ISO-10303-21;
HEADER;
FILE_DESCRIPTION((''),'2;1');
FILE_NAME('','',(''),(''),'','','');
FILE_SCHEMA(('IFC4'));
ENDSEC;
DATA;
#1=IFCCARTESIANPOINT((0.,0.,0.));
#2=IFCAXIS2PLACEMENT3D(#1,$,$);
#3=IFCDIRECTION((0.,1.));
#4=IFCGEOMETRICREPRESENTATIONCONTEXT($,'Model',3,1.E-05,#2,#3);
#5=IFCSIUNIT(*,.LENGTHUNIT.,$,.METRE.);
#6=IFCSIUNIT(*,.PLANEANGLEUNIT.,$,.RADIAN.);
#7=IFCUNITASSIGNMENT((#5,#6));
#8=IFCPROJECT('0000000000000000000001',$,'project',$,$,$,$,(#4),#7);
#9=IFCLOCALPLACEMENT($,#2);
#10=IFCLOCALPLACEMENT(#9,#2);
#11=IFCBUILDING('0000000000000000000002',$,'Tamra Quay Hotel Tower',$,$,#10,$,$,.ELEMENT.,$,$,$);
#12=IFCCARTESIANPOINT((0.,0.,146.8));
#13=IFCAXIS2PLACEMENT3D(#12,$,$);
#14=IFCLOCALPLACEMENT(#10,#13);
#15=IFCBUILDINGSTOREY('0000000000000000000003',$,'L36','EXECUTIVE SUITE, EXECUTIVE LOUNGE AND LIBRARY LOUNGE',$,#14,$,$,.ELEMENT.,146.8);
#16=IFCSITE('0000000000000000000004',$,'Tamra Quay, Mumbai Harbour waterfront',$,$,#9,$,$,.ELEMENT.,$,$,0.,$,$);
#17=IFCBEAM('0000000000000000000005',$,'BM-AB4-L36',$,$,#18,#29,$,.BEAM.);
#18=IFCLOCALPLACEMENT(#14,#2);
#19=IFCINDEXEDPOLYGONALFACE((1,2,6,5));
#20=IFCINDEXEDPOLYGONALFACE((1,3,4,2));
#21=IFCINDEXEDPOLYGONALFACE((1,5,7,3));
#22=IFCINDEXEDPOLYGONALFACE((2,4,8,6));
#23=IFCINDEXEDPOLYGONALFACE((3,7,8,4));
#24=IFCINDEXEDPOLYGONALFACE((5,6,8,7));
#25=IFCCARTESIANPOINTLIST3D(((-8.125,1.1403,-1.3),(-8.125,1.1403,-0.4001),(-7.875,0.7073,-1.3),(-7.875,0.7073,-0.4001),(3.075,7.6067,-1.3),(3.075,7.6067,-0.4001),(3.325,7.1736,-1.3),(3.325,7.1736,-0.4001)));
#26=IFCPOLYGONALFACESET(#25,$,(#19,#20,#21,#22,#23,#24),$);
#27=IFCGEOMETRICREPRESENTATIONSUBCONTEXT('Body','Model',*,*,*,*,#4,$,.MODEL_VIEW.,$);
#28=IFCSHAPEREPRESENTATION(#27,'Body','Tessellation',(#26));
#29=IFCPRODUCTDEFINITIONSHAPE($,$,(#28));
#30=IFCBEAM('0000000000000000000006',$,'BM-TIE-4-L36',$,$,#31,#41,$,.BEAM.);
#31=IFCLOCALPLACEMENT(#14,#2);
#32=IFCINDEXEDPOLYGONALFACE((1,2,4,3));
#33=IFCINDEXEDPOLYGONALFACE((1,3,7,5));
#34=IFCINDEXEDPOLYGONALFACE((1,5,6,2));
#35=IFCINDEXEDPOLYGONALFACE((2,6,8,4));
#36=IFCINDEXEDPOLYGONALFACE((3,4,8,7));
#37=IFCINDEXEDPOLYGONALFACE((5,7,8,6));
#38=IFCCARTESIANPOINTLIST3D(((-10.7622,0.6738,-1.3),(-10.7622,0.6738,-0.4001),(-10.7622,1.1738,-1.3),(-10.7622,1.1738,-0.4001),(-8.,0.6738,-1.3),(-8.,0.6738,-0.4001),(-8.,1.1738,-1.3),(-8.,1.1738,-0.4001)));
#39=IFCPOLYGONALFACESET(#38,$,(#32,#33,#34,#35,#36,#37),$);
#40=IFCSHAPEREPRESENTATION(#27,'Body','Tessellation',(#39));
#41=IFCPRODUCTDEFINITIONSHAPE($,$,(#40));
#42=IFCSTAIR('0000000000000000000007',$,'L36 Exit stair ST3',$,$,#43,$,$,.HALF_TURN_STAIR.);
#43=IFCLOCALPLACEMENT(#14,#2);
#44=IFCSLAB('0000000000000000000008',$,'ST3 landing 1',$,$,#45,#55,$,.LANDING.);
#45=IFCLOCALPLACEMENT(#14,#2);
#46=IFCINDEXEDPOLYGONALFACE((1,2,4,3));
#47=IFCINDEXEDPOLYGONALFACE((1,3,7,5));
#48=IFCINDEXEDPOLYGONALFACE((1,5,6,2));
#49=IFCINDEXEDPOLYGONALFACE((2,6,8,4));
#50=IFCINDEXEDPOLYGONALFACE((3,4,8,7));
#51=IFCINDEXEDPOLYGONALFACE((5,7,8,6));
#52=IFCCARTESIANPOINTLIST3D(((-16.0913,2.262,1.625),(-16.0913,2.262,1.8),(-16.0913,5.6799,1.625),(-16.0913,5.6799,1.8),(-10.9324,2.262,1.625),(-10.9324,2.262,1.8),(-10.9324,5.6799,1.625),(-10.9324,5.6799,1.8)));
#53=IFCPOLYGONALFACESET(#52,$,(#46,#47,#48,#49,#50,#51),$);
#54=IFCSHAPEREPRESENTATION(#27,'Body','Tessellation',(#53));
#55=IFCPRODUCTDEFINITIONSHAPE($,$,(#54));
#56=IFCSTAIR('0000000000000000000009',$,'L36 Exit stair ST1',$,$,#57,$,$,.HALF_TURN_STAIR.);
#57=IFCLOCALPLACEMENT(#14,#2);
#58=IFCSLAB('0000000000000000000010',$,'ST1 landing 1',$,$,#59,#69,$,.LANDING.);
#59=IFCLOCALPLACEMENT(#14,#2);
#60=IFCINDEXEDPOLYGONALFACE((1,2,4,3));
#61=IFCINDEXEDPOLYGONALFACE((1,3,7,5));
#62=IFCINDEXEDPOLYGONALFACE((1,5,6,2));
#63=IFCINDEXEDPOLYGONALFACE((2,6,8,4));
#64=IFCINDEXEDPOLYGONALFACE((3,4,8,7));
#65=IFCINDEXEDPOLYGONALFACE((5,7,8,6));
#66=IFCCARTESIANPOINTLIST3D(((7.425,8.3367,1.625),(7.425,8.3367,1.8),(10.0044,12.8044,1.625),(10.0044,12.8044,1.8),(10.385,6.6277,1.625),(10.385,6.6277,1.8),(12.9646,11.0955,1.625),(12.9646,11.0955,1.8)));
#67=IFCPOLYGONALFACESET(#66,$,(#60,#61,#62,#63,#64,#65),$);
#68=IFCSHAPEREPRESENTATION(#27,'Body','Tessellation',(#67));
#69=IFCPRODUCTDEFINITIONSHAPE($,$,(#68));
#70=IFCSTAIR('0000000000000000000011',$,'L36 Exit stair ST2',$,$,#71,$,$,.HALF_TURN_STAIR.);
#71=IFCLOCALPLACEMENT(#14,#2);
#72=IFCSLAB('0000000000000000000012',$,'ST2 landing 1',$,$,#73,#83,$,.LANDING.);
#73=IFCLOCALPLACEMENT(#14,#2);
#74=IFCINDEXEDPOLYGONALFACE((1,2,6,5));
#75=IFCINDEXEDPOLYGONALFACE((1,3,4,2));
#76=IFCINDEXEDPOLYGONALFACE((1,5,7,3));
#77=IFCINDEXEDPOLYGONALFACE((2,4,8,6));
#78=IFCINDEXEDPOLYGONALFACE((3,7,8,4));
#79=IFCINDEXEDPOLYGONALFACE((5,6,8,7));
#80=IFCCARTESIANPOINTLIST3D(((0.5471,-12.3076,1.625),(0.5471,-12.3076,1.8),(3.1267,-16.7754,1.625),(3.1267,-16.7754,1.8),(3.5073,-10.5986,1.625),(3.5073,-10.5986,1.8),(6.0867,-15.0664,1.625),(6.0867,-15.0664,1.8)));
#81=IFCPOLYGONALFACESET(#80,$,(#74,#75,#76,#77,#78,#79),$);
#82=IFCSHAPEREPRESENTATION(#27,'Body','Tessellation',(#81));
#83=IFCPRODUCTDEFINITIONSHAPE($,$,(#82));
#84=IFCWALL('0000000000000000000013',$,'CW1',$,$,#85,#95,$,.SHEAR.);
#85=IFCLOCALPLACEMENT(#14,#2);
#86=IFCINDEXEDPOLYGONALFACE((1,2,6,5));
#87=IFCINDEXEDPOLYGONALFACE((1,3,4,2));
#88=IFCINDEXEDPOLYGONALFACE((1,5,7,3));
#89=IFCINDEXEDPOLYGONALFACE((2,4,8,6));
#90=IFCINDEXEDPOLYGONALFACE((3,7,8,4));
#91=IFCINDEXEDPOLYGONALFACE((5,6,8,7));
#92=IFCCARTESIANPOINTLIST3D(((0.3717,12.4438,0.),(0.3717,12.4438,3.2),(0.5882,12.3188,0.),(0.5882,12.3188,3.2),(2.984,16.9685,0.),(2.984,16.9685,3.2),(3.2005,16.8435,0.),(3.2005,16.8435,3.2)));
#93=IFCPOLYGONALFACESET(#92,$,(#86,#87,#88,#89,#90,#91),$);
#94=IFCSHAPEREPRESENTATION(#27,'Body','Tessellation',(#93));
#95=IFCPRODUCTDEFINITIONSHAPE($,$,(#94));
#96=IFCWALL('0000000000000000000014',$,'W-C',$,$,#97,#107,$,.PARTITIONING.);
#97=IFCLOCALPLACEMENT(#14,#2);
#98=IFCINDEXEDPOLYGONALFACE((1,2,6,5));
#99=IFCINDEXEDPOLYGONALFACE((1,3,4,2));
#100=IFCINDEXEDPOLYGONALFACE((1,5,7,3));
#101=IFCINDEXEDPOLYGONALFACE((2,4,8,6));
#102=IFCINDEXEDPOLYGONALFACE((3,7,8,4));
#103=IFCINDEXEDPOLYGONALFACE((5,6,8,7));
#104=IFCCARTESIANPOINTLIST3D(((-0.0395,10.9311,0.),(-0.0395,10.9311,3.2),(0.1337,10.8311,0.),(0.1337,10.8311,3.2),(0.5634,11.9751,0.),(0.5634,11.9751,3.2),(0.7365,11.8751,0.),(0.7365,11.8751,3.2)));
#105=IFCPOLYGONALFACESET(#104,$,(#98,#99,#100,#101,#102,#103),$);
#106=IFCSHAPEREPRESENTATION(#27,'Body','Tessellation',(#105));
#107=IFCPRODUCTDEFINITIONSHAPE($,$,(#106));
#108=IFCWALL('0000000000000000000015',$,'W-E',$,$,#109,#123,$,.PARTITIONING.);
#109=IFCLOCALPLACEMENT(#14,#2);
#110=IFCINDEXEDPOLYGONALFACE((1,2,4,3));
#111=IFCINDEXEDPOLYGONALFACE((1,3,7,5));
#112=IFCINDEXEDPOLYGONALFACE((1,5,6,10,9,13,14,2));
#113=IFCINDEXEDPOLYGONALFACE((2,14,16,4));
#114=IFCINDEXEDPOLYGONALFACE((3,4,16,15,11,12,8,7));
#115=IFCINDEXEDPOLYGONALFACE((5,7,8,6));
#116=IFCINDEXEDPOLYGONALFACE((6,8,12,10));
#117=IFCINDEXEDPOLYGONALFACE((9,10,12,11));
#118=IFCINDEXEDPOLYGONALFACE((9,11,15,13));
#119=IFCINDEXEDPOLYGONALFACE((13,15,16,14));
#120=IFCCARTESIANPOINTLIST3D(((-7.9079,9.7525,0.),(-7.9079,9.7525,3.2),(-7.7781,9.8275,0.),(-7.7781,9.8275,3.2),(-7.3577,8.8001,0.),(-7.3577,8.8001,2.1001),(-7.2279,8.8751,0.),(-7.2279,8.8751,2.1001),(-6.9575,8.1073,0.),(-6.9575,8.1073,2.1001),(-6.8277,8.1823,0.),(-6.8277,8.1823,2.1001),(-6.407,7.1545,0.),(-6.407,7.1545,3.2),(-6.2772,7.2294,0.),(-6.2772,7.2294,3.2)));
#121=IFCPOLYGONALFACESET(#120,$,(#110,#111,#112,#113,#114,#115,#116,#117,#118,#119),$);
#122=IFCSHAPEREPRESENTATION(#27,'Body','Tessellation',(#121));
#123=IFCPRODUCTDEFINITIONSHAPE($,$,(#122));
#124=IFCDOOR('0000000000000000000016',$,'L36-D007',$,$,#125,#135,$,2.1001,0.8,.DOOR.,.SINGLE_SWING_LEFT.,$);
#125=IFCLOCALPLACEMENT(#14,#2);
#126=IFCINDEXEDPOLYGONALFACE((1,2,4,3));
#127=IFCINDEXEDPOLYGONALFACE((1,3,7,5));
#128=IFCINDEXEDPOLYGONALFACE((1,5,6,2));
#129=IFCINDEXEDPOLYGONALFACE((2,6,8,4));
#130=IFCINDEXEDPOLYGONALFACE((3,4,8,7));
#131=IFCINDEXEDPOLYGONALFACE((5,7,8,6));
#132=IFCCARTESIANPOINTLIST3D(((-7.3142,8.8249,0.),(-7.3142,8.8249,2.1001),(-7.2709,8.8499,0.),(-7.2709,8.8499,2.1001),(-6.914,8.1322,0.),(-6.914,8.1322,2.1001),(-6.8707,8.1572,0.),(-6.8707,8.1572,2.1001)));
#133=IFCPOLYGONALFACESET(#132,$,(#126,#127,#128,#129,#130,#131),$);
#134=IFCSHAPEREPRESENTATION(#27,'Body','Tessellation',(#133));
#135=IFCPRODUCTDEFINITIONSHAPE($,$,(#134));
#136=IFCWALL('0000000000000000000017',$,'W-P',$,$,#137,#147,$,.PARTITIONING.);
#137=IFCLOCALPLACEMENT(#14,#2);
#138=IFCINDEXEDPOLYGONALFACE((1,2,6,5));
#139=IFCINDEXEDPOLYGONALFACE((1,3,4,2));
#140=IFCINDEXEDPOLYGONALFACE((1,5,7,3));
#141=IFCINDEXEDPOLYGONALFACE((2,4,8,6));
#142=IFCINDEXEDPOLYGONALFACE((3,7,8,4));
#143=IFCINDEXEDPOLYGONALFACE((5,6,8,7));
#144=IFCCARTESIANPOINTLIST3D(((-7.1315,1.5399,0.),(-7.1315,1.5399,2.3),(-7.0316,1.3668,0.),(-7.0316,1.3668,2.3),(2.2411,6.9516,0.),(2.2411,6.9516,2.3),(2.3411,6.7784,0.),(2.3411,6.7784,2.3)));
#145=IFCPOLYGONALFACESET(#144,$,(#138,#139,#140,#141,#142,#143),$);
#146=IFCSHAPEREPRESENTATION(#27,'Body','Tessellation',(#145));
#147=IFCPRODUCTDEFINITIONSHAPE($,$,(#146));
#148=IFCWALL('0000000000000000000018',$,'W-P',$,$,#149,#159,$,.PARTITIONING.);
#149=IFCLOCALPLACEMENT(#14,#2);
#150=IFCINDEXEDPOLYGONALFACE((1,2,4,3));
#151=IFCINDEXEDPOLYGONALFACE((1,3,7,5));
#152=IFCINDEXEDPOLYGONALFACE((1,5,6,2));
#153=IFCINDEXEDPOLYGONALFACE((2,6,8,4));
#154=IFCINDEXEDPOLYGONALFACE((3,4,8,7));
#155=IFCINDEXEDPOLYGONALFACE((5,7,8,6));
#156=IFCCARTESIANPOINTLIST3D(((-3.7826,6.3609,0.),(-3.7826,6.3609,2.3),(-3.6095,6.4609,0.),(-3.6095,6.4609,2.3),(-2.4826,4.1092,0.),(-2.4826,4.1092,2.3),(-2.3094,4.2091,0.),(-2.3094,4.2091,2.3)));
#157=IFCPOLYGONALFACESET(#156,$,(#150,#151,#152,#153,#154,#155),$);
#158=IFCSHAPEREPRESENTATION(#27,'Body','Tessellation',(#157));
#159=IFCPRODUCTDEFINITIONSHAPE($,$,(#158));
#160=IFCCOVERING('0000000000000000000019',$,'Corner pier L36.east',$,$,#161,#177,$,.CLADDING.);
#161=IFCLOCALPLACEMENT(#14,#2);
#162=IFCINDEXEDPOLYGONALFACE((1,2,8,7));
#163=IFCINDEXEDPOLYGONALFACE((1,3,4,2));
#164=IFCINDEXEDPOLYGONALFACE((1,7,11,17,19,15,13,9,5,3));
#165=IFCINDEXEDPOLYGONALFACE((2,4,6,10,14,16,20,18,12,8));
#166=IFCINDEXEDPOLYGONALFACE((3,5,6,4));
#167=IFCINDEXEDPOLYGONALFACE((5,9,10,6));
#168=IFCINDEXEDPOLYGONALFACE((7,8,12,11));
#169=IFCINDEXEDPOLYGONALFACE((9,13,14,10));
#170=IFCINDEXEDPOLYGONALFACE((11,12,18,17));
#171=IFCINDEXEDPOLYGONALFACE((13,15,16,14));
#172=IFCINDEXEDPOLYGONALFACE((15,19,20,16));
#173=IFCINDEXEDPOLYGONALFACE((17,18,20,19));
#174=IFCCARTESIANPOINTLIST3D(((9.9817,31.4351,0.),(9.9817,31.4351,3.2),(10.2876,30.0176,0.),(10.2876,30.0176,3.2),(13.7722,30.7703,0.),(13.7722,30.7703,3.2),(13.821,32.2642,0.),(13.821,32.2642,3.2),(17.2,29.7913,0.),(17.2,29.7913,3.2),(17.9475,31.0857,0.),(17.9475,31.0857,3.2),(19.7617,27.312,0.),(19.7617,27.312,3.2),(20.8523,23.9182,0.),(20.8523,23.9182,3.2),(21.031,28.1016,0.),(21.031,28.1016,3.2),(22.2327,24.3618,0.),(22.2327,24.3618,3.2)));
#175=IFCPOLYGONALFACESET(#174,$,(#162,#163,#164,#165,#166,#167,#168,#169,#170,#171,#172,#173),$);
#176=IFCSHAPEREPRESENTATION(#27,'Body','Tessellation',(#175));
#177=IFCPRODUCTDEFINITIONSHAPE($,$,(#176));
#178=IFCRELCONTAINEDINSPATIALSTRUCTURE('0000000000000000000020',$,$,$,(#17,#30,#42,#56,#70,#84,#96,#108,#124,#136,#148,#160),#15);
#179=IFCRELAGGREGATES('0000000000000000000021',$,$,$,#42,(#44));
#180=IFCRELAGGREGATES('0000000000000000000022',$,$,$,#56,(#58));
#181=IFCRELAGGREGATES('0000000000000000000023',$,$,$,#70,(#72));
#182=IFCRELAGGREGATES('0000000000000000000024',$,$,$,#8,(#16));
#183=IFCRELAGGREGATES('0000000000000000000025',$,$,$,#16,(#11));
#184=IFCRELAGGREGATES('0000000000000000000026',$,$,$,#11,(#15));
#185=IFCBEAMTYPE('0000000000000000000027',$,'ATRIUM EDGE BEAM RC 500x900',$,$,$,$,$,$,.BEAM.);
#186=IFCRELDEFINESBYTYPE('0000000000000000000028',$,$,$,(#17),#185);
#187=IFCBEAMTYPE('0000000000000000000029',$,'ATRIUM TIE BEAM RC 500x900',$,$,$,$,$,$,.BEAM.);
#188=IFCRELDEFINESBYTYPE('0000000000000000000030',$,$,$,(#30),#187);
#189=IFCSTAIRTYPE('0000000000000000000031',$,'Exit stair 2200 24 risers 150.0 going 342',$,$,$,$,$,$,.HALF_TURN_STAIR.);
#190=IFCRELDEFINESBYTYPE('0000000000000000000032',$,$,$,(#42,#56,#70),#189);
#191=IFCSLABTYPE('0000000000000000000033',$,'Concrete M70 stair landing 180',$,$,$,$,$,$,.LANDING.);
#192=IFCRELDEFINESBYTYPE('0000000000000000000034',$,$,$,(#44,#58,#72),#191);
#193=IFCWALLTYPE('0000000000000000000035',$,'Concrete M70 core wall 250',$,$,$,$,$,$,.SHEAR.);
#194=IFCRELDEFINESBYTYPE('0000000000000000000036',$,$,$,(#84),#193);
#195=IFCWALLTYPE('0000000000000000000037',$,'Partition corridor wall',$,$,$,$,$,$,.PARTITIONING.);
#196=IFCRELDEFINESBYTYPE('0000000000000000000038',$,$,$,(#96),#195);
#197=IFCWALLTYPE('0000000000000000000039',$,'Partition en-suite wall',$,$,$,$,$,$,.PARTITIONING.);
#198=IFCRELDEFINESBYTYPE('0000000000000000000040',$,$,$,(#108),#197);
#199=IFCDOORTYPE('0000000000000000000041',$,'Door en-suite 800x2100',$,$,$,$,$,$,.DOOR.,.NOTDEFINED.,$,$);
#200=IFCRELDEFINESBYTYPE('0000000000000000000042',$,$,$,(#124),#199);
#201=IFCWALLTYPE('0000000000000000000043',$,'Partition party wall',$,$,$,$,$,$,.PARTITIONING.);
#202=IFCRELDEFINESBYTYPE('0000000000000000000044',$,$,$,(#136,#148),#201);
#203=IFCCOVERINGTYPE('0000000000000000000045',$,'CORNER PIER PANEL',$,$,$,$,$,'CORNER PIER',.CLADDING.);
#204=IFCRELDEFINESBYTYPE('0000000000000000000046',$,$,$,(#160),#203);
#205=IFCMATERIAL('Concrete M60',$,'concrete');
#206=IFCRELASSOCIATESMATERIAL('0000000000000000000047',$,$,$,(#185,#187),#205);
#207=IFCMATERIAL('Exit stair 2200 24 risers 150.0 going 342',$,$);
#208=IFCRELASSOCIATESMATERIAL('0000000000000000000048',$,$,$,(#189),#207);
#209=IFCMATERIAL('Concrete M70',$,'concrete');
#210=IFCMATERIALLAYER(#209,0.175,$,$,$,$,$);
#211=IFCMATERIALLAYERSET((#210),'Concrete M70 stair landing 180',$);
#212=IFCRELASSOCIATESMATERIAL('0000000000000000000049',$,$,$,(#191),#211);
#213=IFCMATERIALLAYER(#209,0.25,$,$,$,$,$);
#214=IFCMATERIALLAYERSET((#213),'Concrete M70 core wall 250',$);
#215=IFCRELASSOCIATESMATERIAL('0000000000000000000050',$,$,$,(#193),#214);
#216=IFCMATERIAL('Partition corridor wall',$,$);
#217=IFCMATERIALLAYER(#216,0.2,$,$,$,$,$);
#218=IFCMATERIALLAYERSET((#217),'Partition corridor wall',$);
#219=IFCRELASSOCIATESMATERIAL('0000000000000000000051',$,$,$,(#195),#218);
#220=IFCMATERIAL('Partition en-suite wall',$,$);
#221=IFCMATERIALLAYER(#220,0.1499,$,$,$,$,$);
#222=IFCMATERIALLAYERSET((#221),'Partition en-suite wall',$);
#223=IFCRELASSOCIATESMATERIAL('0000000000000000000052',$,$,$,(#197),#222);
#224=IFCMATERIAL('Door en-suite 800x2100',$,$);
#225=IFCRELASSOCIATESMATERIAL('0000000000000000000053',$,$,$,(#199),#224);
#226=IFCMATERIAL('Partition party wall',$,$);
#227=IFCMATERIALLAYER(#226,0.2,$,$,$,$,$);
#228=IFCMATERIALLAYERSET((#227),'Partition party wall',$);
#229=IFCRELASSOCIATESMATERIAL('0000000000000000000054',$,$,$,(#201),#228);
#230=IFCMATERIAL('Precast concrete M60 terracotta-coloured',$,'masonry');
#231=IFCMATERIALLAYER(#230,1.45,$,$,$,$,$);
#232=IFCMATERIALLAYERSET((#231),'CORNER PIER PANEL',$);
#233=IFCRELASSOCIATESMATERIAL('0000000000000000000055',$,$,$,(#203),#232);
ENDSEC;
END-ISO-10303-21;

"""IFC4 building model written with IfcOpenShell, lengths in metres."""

from ifc_helpers import new_model, si_unit, direction, frame, frame_2d, origin, origin_2d, place, context, subcontext, project, spatial, polyline, rectangle, outline, extrude, material, layer, layer_set, material_profile, profile_set, type_object, element, fill, aggregate, save


model = new_model("IFC4")

# Units and contexts
model_context = context("Model", 3, precision=1e-05, world=origin(), true_north=direction((0.0, 1.0)))
body_context = subcontext(model_context, "Body", "Model", "MODEL_VIEW")
ifc_project = project(units=[si_unit("LENGTHUNIT", "METRE"), si_unit("PLANEANGLEUNIT", "RADIAN")], contexts=[model_context])

# Site, building, storey
site_placement = place(None, origin())
site = spatial("IfcSite", under=ifc_project, at=site_placement, Name="Tamra Quay, Mumbai Harbour waterfront", CompositionType="ELEMENT", RefElevation=0.0)
building_placement = place(site_placement, origin())
building = spatial("IfcBuilding", under=site, at=building_placement, Name="Tamra Quay Hotel Tower", CompositionType="ELEMENT")
storey_placement = place(building_placement, frame((0.0, 0.0, 146.8)))
storey = spatial("IfcBuildingStorey", under=building, at=storey_placement, Name="L36", Description="EXECUTIVE SUITE, EXECUTIVE LOUNGE AND LIBRARY LOUNGE", CompositionType="ELEMENT", Elevation=146.8)

# Beams
ifc_material_1 = material(Name="Concrete M60", Category="concrete")
ifc_material_profile_1 = material_profile(ifc_material_1, rectangle(XDim=0.5, YDim=0.8999, at=origin_2d()), Name="ATRIUM EDGE BEAM RC 500x900")
ifc_profile_set_1 = profile_set([ifc_material_profile_1], Name="Concrete M60")
beam_type_1 = type_object("IfcBeamType", Name="ATRIUM EDGE BEAM RC 500x900", PredefinedType="BEAM", material=ifc_profile_set_1)
beam_1_placement = place(storey_placement, frame((-8.0, 0.9238, -0.8501), z_axis=(0.866025, 0.500001, 0.0), x_axis=(-0.500001, 0.866025, 0.0)))
element("IfcBeam", 1, at=beam_1_placement, inside=storey, type_object=beam_type_1, Name="BM-AB4-L36", PredefinedType="BEAM", context=body_context, shape_type="SweptSolid", body=[
    extrude(rectangle(XDim=0.5, YDim=0.8999, at=origin_2d()), origin(), (0.0, 0.0, 1.0), 12.9326),
])
ifc_material_profile_2 = material_profile(ifc_material_1, rectangle(XDim=0.5, YDim=0.8999, at=origin_2d()), Name="ATRIUM TIE BEAM RC 500x900")
ifc_profile_set_2 = profile_set([ifc_material_profile_2], Name="Concrete M60")
beam_type_2 = type_object("IfcBeamType", Name="ATRIUM TIE BEAM RC 500x900", PredefinedType="BEAM", material=ifc_profile_set_2)
beam_2_placement = place(storey_placement, frame((-8.0, 0.9238, -0.8501), z_axis=(-1.0, 0.0, 0.0), x_axis=(0.0, -1.0, 0.0)))
element("IfcBeam", 2, at=beam_2_placement, inside=storey, type_object=beam_type_2, Name="BM-TIE-4-L36", PredefinedType="BEAM", context=body_context, shape_type="SweptSolid", body=[
    extrude(rectangle(XDim=0.5, YDim=0.8999, at=origin_2d()), origin(), (0.0, 0.0, 1.0), 2.7622),
])

# Stairs, slabs
ifc_material_2 = material(Name="Exit stair 2200 24 risers 150.0 going 342")
stair_type = type_object("IfcStairType", Name="Exit stair 2200 24 risers 150.0 going 342", PredefinedType="HALF_TURN_STAIR", material=ifc_material_2)
stair_1_placement = place(storey_placement, origin())
stair_1 = element("IfcStair", 3, at=stair_1_placement, inside=storey, type_object=stair_type, Name="L36 Exit stair ST3", PredefinedType="HALF_TURN_STAIR")
ifc_material_3 = material(Name="Concrete M70", Category="concrete")
ifc_layer_1 = layer(ifc_material_3, 0.175)
ifc_layer_set_1 = layer_set([ifc_layer_1], Name="Concrete M70 stair landing 180")
slab_type = type_object("IfcSlabType", Name="Concrete M70 stair landing 180", PredefinedType="LANDING", material=ifc_layer_set_1)
slab_1_placement = place(storey_placement, frame((0.0, 0.0, 1.625)))
slab_1 = element("IfcSlab", 4, at=slab_1_placement, type_object=slab_type, Name="ST3 landing 1", PredefinedType="LANDING", context=body_context, shape_type="SweptSolid", body=[
    extrude(outline(polyline([(-10.9324, 2.262), (-10.9324, 5.6799), (-16.0913, 5.6799), (-16.0913, 2.262), (-10.9324, 2.262)])), origin(), (0.0, 0.0, 1.0), 0.175),
])
aggregate(stair_1, [slab_1])
stair_2_placement = place(storey_placement, origin())
stair_2 = element("IfcStair", 5, at=stair_2_placement, inside=storey, type_object=stair_type, Name="L36 Exit stair ST1", PredefinedType="HALF_TURN_STAIR")
slab_2_placement = place(storey_placement, frame((0.0, 0.0, 1.625)))
slab_2 = element("IfcSlab", 6, at=slab_2_placement, type_object=slab_type, Name="ST1 landing 1", PredefinedType="LANDING", context=body_context, shape_type="SweptSolid", body=[
    extrude(outline(polyline([(7.425, 8.3367), (10.385, 6.6277), (12.9646, 11.0955), (10.0044, 12.8044), (7.425, 8.3367)])), origin(), (0.0, 0.0, 1.0), 0.175),
])
aggregate(stair_2, [slab_2])
stair_3_placement = place(storey_placement, origin())
stair_3 = element("IfcStair", 7, at=stair_3_placement, inside=storey, type_object=stair_type, Name="L36 Exit stair ST2", PredefinedType="HALF_TURN_STAIR")
slab_3_placement = place(storey_placement, frame((0.0, 0.0, 1.625)))
slab_3 = element("IfcSlab", 8, at=slab_3_placement, type_object=slab_type, Name="ST2 landing 1", PredefinedType="LANDING", context=body_context, shape_type="SweptSolid", body=[
    extrude(outline(polyline([(3.5073, -10.5986), (0.5471, -12.3076), (3.1267, -16.7754), (6.0867, -15.0664), (3.5073, -10.5986)])), origin(), (0.0, 0.0, 1.0), 0.175),
])
aggregate(stair_3, [slab_3])

# Walls
ifc_layer_2 = layer(ifc_material_3, 0.25)
ifc_layer_set_2 = layer_set([ifc_layer_2], Name="Concrete M70 core wall 250")
wall_type_1 = type_object("IfcWallType", Name="Concrete M70 core wall 250", PredefinedType="SHEAR", material=ifc_layer_set_2)
wall_1_placement = place(storey_placement, frame((0.48, 12.3813, 0.0), z_axis=(0.0, 0.0, 1.0), x_axis=(0.499999, 0.866026, 0.0)))
element("IfcWall", 9, at=wall_1_placement, inside=storey, type_object=wall_type_1, Name="CW1", PredefinedType="SHEAR", context=body_context, shape_type="SweptSolid", body=[
    extrude(rectangle(XDim=5.2246, YDim=0.25, at=frame_2d((2.6123, 0.0))), origin(), (0.0, 0.0, 1.0), 3.2),
])
ifc_material_4 = material(Name="Partition corridor wall")
ifc_layer_3 = layer(ifc_material_4, 0.2)
ifc_layer_set_3 = layer_set([ifc_layer_3], Name="Partition corridor wall")
wall_type_2 = type_object("IfcWallType", Name="Partition corridor wall", PredefinedType="PARTITIONING", material=ifc_layer_set_3)
wall_2_placement = place(storey_placement, frame((0.0471, 10.8811, 0.0), z_axis=(0.0, 0.0, 1.0), x_axis=(0.500038, 0.866003, 0.0)))
element("IfcWall", 10, at=wall_2_placement, inside=storey, type_object=wall_type_2, Name="W-C", PredefinedType="PARTITIONING", context=body_context, shape_type="SweptSolid", body=[
    extrude(rectangle(XDim=1.2056, YDim=0.2, at=frame_2d((0.6028, 0.0))), origin(), (0.0, 0.0, 1.0), 3.2),
])

# Wall, opening, door
ifc_material_5 = material(Name="Partition en-suite wall")
ifc_layer_4 = layer(ifc_material_5, 0.1499)
ifc_layer_set_4 = layer_set([ifc_layer_4], Name="Partition en-suite wall")
wall_type_3 = type_object("IfcWallType", Name="Partition en-suite wall", PredefinedType="PARTITIONING", material=ifc_layer_set_4)
wall_3_placement = place(storey_placement, frame((-7.843, 9.79, 0.0), z_axis=(0.0, 0.0, 1.0), x_axis=(0.500234, -0.86589, 0.0)))
wall_3 = element("IfcWall", 11, at=wall_3_placement, inside=storey, type_object=wall_type_3, Name="W-E", PredefinedType="PARTITIONING", context=body_context, shape_type="SweptSolid", body=[
    extrude(rectangle(XDim=3.0005, YDim=0.1499, at=frame_2d((1.5002, 0.0))), origin(), (0.0, 0.0, 1.0), 3.2),
])
opening_placement = place(wall_3_placement, frame((1.1001, 0.0, 0.0)))
opening = element("IfcOpeningElement", 12, at=opening_placement, cuts=wall_3, PredefinedType="OPENING", context=body_context, shape_type="SweptSolid", body=[
    extrude(rectangle(XDim=0.8, YDim=2.1001, at=frame_2d((0.3999, 1.05))), frame((0.0, 0.085, 0.0), z_axis=(0.0, -1.0, 0.0), x_axis=(1.0, 0.0, 0.0)), (0.0, 0.0, 1.0), 0.1699),
])
ifc_material_6 = material(Name="Door en-suite 800x2100")
door_type = type_object("IfcDoorType", Name="Door en-suite 800x2100", OperationType="NOTDEFINED", PredefinedType="DOOR", material=ifc_material_6)
door_placement = place(opening_placement, frame((0.8, 0.0, 0.0), z_axis=(0.0, 0.0, 1.0), x_axis=(-1.0, 0.0, 0.0)))
door = element("IfcDoor", 13, at=door_placement, inside=storey, type_object=door_type, Name="L36-D007", OperationType="SINGLE_SWING_LEFT", OverallHeight=2.1001, OverallWidth=0.8, PredefinedType="DOOR", context=body_context, shape_type="SweptSolid", body=[
    extrude(rectangle(XDim=0.8, YDim=2.1001, at=frame_2d((0.3999, 1.05))), frame((0.0, 0.0249, 0.0), z_axis=(0.0, -1.0, 0.0), x_axis=(1.0, 0.0, 0.0)), (0.0, 0.0, 1.0), 0.05),
])
fill(opening, door)

# Walls
ifc_material_7 = material(Name="Partition party wall")
ifc_layer_5 = layer(ifc_material_7, 0.2)
ifc_layer_set_5 = layer_set([ifc_layer_5], Name="Partition party wall")
wall_type_4 = type_object("IfcWallType", Name="Partition party wall", PredefinedType="PARTITIONING", material=ifc_layer_set_5)
wall_4_placement = place(storey_placement, frame((-7.0815, 1.4534, 0.0), z_axis=(0.0, 0.0, 1.0), x_axis=(0.866011, 0.500026, 0.0)))
element("IfcWall", 14, at=wall_4_placement, inside=storey, type_object=wall_type_4, Name="W-P", PredefinedType="PARTITIONING", context=body_context, shape_type="SweptSolid", body=[
    extrude(rectangle(XDim=10.8228, YDim=0.2, at=frame_2d((5.4114, 0.0))), origin(), (0.0, 0.0, 1.0), 2.3),
])
wall_5_placement = place(storey_placement, frame((-3.696, 6.4109, 0.0), z_axis=(0.0, 0.0, 1.0), x_axis=(0.500007, -0.866021, 0.0)))
element("IfcWall", 15, at=wall_5_placement, inside=storey, type_object=wall_type_4, Name="W-P", PredefinedType="PARTITIONING", context=body_context, shape_type="SweptSolid", body=[
    extrude(rectangle(XDim=2.6001, YDim=0.2, at=frame_2d((1.3, 0.0))), origin(), (0.0, 0.0, 1.0), 2.3),
])

# Covering
ifc_material_8 = material(Name="Precast concrete M60 terracotta-coloured", Category="masonry")
ifc_layer_6 = layer(ifc_material_8, 1.45)
ifc_layer_set_6 = layer_set([ifc_layer_6], Name="CORNER PIER PANEL")
covering_type = type_object("IfcCoveringType", Name="CORNER PIER PANEL", ElementType="CORNER PIER", PredefinedType="CLADDING", material=ifc_layer_set_6)
covering_1_placement = place(storey_placement, origin())
element("IfcCovering", 16, at=covering_1_placement, inside=storey, type_object=covering_type, Name="Corner pier L36.east", PredefinedType="CLADDING", context=body_context, shape_type="SweptSolid", body=[
    extrude(outline(polyline([(20.8523, 23.9182), (22.2327, 24.3618), (21.031, 28.1016), (17.9475, 31.0857), (13.821, 32.2642), (9.9817, 31.4351), (10.2876, 30.0176), (13.7722, 30.7703), (17.2, 29.7913), (19.7617, 27.312), (20.8523, 23.9182)])), origin(), (0.0, 0.0, 1.0), 3.2),
])

save(model, "model.ifc")
